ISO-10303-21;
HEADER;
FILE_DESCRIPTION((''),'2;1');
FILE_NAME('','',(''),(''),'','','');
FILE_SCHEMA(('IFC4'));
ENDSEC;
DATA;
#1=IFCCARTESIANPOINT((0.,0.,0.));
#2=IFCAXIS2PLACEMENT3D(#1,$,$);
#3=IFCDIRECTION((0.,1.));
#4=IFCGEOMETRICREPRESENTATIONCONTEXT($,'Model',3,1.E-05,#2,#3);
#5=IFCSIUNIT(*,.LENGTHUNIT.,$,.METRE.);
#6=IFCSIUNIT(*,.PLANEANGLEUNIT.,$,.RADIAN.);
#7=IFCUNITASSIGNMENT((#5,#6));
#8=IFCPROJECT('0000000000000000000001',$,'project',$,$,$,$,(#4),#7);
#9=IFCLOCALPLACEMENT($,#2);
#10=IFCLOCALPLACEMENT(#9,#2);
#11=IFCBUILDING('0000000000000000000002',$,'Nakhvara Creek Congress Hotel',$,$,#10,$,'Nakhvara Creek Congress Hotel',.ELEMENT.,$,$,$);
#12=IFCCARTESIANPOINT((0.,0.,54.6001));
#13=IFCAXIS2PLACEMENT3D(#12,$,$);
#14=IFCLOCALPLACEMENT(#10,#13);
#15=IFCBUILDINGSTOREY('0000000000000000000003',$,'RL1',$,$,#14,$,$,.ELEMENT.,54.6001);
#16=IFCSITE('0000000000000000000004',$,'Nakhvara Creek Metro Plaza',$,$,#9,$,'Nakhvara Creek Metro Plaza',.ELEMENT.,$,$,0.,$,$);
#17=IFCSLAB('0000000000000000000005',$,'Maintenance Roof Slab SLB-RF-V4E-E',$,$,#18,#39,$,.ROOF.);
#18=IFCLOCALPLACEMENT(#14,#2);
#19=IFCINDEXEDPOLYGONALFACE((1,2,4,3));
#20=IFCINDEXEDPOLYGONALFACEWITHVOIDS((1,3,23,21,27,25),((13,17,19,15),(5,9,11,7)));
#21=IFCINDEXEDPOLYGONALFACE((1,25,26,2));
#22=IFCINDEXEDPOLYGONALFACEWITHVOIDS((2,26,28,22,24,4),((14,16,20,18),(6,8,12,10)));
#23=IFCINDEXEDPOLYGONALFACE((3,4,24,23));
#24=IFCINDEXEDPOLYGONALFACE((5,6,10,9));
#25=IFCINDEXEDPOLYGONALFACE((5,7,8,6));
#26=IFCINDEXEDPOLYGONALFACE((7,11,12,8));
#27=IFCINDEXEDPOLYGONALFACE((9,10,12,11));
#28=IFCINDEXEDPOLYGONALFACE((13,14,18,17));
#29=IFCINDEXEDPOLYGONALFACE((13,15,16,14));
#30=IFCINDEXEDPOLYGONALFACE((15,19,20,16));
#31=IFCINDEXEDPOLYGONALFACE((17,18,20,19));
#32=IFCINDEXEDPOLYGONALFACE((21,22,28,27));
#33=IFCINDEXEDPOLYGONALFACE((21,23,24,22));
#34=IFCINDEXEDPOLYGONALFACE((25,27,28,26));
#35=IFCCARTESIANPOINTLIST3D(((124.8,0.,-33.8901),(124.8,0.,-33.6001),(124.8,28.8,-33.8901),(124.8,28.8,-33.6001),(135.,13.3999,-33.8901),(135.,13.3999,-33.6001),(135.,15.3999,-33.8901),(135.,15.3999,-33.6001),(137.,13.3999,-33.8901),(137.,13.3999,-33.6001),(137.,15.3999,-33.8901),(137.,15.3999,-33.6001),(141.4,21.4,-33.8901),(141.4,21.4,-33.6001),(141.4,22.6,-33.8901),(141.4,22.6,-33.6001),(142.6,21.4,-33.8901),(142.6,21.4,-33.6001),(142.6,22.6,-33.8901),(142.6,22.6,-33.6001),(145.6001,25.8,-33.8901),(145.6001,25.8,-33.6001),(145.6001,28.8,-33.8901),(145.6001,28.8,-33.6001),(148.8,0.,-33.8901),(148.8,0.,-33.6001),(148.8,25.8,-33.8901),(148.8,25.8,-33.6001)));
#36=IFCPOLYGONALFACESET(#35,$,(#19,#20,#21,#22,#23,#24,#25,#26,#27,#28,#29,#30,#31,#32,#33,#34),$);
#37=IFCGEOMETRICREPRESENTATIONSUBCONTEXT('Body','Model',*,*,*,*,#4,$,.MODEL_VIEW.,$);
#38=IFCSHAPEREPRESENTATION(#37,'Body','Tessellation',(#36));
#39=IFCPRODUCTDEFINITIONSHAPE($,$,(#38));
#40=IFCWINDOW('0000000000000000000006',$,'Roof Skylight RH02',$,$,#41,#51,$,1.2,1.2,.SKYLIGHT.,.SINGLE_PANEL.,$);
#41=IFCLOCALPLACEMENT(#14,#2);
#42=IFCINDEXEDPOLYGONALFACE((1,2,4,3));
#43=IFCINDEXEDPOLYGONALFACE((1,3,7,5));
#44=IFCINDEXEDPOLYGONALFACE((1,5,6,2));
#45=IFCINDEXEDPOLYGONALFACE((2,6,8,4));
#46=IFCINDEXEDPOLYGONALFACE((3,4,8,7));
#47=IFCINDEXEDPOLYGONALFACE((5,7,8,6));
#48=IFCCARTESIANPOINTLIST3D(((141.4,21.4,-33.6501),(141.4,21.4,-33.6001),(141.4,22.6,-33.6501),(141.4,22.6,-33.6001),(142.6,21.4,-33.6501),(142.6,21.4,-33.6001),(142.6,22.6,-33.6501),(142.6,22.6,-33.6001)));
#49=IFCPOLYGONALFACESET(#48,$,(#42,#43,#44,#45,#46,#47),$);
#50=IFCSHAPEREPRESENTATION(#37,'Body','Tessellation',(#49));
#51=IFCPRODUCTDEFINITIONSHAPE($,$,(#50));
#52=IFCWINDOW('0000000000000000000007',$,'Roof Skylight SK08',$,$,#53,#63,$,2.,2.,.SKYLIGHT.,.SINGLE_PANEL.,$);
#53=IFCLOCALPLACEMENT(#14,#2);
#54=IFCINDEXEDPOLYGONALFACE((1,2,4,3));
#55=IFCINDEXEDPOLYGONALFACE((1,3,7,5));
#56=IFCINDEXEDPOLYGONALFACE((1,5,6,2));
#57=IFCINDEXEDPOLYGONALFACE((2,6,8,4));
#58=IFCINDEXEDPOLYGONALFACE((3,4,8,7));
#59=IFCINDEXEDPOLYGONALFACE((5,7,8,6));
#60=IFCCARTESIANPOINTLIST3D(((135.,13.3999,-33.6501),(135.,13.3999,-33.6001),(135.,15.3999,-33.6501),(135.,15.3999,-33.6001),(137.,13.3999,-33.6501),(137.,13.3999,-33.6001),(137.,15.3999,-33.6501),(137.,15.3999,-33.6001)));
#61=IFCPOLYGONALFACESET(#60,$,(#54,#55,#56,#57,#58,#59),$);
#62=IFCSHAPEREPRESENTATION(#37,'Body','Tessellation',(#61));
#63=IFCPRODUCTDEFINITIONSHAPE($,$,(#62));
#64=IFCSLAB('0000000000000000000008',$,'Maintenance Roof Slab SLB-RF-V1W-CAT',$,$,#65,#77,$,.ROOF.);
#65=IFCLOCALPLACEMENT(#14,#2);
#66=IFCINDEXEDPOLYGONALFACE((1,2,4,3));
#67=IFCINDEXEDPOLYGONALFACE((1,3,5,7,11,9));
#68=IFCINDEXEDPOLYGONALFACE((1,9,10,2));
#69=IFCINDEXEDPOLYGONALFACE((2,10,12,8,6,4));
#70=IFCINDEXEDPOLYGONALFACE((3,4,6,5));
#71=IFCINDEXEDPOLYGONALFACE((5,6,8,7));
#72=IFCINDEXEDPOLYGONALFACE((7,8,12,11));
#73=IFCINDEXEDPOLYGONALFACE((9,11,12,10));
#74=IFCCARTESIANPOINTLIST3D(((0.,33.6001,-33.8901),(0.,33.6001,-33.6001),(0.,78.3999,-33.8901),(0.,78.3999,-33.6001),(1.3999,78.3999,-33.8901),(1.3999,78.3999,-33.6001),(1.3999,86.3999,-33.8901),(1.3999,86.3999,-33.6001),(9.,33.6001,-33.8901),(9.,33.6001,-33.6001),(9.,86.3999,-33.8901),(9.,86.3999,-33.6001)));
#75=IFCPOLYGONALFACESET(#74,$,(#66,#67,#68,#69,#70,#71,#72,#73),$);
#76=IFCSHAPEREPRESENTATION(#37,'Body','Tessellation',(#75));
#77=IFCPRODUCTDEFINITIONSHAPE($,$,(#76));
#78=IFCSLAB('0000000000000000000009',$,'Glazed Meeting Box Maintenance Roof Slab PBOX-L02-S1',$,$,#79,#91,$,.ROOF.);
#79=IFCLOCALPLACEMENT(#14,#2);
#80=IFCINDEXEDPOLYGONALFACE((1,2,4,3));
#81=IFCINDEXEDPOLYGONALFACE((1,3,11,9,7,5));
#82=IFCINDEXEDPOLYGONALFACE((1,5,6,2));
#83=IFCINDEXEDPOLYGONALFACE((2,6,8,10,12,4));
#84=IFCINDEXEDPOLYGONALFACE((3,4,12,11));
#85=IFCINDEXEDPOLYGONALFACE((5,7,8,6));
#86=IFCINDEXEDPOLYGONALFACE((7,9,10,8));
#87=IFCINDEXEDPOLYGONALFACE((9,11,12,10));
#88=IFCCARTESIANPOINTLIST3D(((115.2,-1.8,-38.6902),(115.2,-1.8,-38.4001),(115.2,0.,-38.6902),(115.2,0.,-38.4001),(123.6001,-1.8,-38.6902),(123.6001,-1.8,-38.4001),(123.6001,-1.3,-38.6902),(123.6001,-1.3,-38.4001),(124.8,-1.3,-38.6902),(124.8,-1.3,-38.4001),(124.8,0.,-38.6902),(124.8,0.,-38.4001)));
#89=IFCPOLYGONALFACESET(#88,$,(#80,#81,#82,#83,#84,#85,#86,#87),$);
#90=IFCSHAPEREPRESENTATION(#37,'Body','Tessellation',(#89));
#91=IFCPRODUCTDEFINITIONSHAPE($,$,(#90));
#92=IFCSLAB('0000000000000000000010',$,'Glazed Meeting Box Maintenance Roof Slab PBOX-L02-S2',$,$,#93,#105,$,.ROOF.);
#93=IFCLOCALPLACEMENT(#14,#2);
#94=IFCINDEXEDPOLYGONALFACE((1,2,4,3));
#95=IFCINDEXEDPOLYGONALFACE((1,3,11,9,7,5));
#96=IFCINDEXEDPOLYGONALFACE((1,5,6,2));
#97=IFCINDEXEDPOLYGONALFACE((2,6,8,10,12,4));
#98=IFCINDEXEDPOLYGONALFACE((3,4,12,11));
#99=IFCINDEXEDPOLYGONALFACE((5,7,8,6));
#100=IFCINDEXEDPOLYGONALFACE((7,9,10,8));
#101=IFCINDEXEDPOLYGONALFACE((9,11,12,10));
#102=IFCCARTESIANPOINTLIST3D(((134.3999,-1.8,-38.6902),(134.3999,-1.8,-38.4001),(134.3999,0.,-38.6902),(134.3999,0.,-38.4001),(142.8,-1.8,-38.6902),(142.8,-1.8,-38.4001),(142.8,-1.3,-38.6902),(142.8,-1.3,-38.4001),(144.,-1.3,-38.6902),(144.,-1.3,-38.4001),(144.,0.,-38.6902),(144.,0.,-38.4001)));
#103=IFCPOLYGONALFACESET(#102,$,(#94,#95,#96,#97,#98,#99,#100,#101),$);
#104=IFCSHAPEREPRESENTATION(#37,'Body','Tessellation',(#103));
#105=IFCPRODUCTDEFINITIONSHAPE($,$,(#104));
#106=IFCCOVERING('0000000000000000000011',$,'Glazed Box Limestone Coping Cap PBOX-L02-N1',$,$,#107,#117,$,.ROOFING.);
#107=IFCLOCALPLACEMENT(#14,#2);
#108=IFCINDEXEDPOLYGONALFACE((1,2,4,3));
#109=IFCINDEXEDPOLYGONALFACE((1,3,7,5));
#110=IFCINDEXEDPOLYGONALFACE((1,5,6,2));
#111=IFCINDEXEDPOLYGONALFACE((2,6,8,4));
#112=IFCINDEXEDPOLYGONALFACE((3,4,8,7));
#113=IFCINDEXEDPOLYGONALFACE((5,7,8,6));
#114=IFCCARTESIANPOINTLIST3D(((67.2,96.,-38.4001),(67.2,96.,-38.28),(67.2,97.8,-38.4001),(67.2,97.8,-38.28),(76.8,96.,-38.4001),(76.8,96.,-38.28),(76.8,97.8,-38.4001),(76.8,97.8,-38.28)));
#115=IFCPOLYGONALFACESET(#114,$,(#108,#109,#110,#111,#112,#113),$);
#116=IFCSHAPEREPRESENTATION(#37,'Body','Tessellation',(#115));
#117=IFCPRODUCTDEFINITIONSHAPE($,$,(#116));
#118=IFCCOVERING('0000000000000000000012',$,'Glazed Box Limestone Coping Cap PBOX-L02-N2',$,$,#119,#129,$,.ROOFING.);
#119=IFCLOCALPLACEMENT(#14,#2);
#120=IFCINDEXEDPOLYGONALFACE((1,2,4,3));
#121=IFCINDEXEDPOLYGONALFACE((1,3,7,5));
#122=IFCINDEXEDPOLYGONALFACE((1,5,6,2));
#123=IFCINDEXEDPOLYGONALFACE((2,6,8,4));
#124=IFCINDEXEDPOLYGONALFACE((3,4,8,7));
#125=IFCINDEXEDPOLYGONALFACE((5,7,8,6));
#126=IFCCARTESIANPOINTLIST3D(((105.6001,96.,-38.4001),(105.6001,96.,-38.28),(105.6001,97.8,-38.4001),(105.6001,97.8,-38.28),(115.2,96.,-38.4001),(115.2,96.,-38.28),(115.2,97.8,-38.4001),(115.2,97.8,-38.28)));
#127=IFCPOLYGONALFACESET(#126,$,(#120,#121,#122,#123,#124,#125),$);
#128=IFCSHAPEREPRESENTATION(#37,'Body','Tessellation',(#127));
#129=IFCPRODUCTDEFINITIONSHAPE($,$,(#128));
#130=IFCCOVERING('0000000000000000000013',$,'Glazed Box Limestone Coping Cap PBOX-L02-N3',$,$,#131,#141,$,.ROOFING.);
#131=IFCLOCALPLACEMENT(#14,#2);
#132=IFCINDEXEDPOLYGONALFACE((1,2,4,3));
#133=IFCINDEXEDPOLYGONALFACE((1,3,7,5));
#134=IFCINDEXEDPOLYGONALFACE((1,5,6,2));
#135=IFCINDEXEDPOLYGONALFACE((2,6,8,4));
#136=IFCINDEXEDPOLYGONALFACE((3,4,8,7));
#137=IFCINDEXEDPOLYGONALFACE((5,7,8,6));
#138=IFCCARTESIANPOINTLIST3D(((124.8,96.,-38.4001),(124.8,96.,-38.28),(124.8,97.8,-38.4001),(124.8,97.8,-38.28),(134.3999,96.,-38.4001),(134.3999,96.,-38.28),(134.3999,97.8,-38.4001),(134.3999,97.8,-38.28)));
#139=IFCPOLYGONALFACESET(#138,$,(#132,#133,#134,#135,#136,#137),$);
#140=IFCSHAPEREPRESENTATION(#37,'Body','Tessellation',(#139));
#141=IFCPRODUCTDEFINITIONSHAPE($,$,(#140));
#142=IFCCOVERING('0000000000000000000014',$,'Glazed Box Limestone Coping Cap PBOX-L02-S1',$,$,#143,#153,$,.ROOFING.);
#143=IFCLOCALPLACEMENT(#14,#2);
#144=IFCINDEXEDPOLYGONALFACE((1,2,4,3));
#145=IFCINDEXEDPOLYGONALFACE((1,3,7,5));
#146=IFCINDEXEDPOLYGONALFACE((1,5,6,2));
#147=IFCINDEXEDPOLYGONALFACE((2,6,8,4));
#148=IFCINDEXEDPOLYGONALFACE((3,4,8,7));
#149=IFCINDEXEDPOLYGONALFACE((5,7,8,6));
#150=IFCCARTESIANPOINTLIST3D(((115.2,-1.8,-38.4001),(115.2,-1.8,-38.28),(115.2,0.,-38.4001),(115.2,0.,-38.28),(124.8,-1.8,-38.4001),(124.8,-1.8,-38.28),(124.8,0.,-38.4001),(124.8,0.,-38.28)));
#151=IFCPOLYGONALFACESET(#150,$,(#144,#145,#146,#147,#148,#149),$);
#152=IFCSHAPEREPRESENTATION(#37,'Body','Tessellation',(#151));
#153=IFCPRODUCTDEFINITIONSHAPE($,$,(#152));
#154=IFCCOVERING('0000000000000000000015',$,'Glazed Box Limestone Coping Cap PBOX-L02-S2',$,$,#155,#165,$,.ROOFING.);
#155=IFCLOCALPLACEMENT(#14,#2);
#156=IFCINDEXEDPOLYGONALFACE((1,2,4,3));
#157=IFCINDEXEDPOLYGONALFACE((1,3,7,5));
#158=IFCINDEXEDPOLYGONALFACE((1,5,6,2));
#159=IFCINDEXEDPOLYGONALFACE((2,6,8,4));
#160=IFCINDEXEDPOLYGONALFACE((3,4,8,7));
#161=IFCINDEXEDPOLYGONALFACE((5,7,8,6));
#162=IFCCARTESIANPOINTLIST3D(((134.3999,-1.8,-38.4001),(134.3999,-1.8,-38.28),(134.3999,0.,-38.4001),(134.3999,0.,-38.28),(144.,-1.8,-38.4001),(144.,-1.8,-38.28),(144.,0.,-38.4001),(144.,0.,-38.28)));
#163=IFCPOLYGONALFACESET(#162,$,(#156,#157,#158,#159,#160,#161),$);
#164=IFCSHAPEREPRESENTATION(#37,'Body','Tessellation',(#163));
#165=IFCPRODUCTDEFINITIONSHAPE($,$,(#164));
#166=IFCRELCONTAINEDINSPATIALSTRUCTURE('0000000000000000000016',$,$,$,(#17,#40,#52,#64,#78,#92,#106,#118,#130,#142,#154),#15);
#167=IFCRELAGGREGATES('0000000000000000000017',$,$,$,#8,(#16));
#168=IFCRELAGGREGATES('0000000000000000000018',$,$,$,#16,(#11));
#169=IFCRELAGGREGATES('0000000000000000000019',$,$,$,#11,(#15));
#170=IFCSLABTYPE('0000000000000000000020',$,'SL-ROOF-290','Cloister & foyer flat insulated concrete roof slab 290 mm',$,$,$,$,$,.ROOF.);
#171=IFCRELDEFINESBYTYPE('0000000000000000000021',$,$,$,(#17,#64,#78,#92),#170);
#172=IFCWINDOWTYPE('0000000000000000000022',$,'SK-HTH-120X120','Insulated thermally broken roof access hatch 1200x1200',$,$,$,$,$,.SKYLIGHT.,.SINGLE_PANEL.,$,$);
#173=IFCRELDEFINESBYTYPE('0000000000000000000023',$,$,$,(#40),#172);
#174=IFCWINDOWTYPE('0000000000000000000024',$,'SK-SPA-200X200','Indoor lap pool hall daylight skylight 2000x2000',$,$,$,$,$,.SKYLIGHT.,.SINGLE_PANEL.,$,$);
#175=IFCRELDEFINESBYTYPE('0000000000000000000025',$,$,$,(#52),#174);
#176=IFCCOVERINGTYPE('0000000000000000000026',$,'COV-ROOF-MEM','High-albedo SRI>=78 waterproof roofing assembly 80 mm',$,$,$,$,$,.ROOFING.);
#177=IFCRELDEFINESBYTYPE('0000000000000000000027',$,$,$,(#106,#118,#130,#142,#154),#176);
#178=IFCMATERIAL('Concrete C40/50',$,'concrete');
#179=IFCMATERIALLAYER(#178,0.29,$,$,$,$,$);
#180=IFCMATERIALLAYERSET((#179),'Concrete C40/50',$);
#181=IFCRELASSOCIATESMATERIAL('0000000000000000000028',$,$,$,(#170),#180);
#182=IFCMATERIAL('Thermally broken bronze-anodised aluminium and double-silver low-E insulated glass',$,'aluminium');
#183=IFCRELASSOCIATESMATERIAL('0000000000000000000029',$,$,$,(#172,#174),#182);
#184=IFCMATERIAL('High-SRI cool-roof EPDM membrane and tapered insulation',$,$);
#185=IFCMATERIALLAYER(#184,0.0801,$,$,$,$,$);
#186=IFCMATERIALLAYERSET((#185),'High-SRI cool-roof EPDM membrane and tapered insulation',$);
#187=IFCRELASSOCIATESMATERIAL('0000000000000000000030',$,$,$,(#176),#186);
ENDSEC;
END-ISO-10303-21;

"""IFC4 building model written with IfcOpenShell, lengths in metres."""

from ifc_helpers import new_model, si_unit, direction, frame, origin, origin_2d, place, context, subcontext, project, spatial, polyline, rectangle, outline, extrude, material, layer, layer_set, type_object, element, fill, save


model = new_model("IFC4")

# Units and contexts
model_context = context("Model", 3, precision=1e-05, world=origin(), true_north=direction((0.0, 1.0)))
body_context = subcontext(model_context, "Body", "Model", "MODEL_VIEW")
ifc_project = project(units=[si_unit("LENGTHUNIT", "METRE"), si_unit("PLANEANGLEUNIT", "RADIAN")], contexts=[model_context])

# Site, building, storey
site_placement = place(None, origin())
site = spatial("IfcSite", under=ifc_project, at=site_placement, Name="Nakhvara Creek Metro Plaza", LongName="Nakhvara Creek Metro Plaza", CompositionType="ELEMENT", RefElevation=0.0)
building_placement = place(site_placement, origin())
building = spatial("IfcBuilding", under=site, at=building_placement, Name="Nakhvara Creek Congress Hotel", LongName="Nakhvara Creek Congress Hotel", CompositionType="ELEMENT")
storey_placement = place(building_placement, frame((0.0, 0.0, 54.6001)))
storey = spatial("IfcBuildingStorey", under=building, at=storey_placement, Name="RL1", CompositionType="ELEMENT", Elevation=54.6001)

# Shared definitions
ifc_material_1 = material(Name="Concrete C40/50", Category="concrete")
ifc_layer_1 = layer(ifc_material_1, 0.29)
ifc_layer_set_1 = layer_set([ifc_layer_1], Name="Concrete C40/50")
slab_type = type_object("IfcSlabType", Name="SL-ROOF-290", Description="Cloister & foyer flat insulated concrete roof slab 290 mm", PredefinedType="ROOF", material=ifc_layer_set_1)
ifc_material_2 = material(Name="Thermally broken bronze-anodised aluminium and double-silver low-E insulated glass", Category="aluminium")
window_type_1 = type_object("IfcWindowType", Name="SK-HTH-120X120", Description="Insulated thermally broken roof access hatch 1200x1200", PartitioningType="SINGLE_PANEL", PredefinedType="SKYLIGHT", material=ifc_material_2)

# Shared definitions
window_type_2 = type_object("IfcWindowType", Name="SK-SPA-200X200", Description="Indoor lap pool hall daylight skylight 2000x2000", PartitioningType="SINGLE_PANEL", PredefinedType="SKYLIGHT", material=ifc_material_2)

# Slab, openings, windows
slab_1_placement = place(storey_placement, frame((0.0, 0.0, -33.8901)))
slab_1 = element("IfcSlab", 1, at=slab_1_placement, inside=storey, type_object=slab_type, Name="Maintenance Roof Slab SLB-RF-V4E-E", PredefinedType="ROOF", context=body_context, shape_type="SweptSolid", body=[
    extrude(outline(polyline([(124.8, 0.0), (148.8, 0.0), (148.8, 25.8), (145.6001, 25.8), (145.6001, 28.8), (124.8, 28.8), (124.8, 0.0)])), origin(), (0.0, 0.0, 1.0), 0.29),
])
opening_1_placement = place(slab_1_placement, frame((136.0, 14.3999, 0.0), z_axis=(0.0, 0.0, 1.0), x_axis=(1.0, 0.0, 0.0)))
opening_1 = element("IfcOpeningElement", 2, at=opening_1_placement, cuts=slab_1, PredefinedType="OPENING", context=body_context, shape_type="SweptSolid", body=[
    extrude(rectangle(XDim=2.0, YDim=2.0, at=origin_2d()), frame((0.0, 0.0, -0.012)), (0.0, 0.0, 1.0), 0.314),
])
opening_2_placement = place(slab_1_placement, frame((142.0, 22.0, 0.0), z_axis=(0.0, 0.0, 1.0), x_axis=(1.0, 0.0, 0.0)))
opening_2 = element("IfcOpeningElement", 3, at=opening_2_placement, cuts=slab_1, PredefinedType="OPENING", context=body_context, shape_type="SweptSolid", body=[
    extrude(rectangle(XDim=1.2, YDim=1.2, at=origin_2d()), frame((0.0, 0.0, -0.012)), (0.0, 0.0, 1.0), 0.314),
])
window_1_placement = place(opening_2_placement, frame((0.0, 0.0, 0.24)))
window_1 = element("IfcWindow", 4, at=window_1_placement, inside=storey, type_object=window_type_1, Name="Roof Skylight RH02", OverallHeight=1.2, OverallWidth=1.2, PartitioningType="SINGLE_PANEL", PredefinedType="SKYLIGHT", context=body_context, shape_type="SweptSolid", body=[
    extrude(rectangle(XDim=1.2, YDim=1.2, at=origin_2d()), origin(), (0.0, 0.0, 1.0), 0.05),
])
fill(opening_2, window_1)
window_2_placement = place(opening_1_placement, frame((0.0, 0.0, 0.24)))
window_2 = element("IfcWindow", 5, at=window_2_placement, inside=storey, type_object=window_type_2, Name="Roof Skylight SK08", OverallHeight=2.0, OverallWidth=2.0, PartitioningType="SINGLE_PANEL", PredefinedType="SKYLIGHT", context=body_context, shape_type="SweptSolid", body=[
    extrude(rectangle(XDim=2.0, YDim=2.0, at=origin_2d()), origin(), (0.0, 0.0, 1.0), 0.05),
])
fill(opening_1, window_2)

# Slabs
slab_2_placement = place(storey_placement, frame((0.0, 0.0, -33.8901)))
element("IfcSlab", 6, at=slab_2_placement, inside=storey, type_object=slab_type, Name="Maintenance Roof Slab SLB-RF-V1W-CAT", PredefinedType="ROOF", context=body_context, shape_type="SweptSolid", body=[
    extrude(outline(polyline([(0.0, 33.6001), (9.0, 33.6001), (9.0, 86.3999), (1.3999, 86.3999), (1.3999, 78.3999), (0.0, 78.3999), (0.0, 33.6001)])), origin(), (0.0, 0.0, 1.0), 0.29),
])
slab_3_placement = place(storey_placement, frame((0.0, 0.0, -38.6902)))
element("IfcSlab", 7, at=slab_3_placement, inside=storey, type_object=slab_type, Name="Glazed Meeting Box Maintenance Roof Slab PBOX-L02-S1", PredefinedType="ROOF", context=body_context, shape_type="SweptSolid", body=[
    extrude(outline(polyline([(115.2, -1.8), (123.6001, -1.8), (123.6001, -1.3), (124.8, -1.3), (124.8, 0.0), (115.2, 0.0), (115.2, -1.8)])), origin(), (0.0, 0.0, 1.0), 0.29),
])
slab_4_placement = place(storey_placement, frame((0.0, 0.0, -38.6902)))
element("IfcSlab", 8, at=slab_4_placement, inside=storey, type_object=slab_type, Name="Glazed Meeting Box Maintenance Roof Slab PBOX-L02-S2", PredefinedType="ROOF", context=body_context, shape_type="SweptSolid", body=[
    extrude(outline(polyline([(134.3999, -1.8), (142.8, -1.8), (142.8, -1.3), (144.0, -1.3), (144.0, 0.0), (134.3999, 0.0), (134.3999, -1.8)])), origin(), (0.0, 0.0, 1.0), 0.29),
])

# Coverings
ifc_material_3 = material(Name="High-SRI cool-roof EPDM membrane and tapered insulation")
ifc_layer_2 = layer(ifc_material_3, 0.0801)
ifc_layer_set_2 = layer_set([ifc_layer_2], Name="High-SRI cool-roof EPDM membrane and tapered insulation")
covering_type = type_object("IfcCoveringType", Name="COV-ROOF-MEM", Description="High-albedo SRI>=78 waterproof roofing assembly 80 mm", PredefinedType="ROOFING", material=ifc_layer_set_2)
covering_1_placement = place(storey_placement, frame((0.0, 0.0, -38.4001)))
element("IfcCovering", 9, at=covering_1_placement, inside=storey, type_object=covering_type, Name="Glazed Box Limestone Coping Cap PBOX-L02-N1", PredefinedType="ROOFING", context=body_context, shape_type="SweptSolid", body=[
    extrude(outline(polyline([(67.2, 96.0), (76.8, 96.0), (76.8, 97.8), (67.2, 97.8), (67.2, 96.0)])), origin(), (0.0, 0.0, 1.0), 0.1201),
])
covering_2_placement = place(storey_placement, frame((0.0, 0.0, -38.4001)))
element("IfcCovering", 10, at=covering_2_placement, inside=storey, type_object=covering_type, Name="Glazed Box Limestone Coping Cap PBOX-L02-N2", PredefinedType="ROOFING", context=body_context, shape_type="SweptSolid", body=[
    extrude(outline(polyline([(105.6001, 96.0), (115.2, 96.0), (115.2, 97.8), (105.6001, 97.8), (105.6001, 96.0)])), origin(), (0.0, 0.0, 1.0), 0.1201),
])
covering_3_placement = place(storey_placement, frame((0.0, 0.0, -38.4001)))
element("IfcCovering", 11, at=covering_3_placement, inside=storey, type_object=covering_type, Name="Glazed Box Limestone Coping Cap PBOX-L02-N3", PredefinedType="ROOFING", context=body_context, shape_type="SweptSolid", body=[
    extrude(outline(polyline([(124.8, 96.0), (134.3999, 96.0), (134.3999, 97.8), (124.8, 97.8), (124.8, 96.0)])), origin(), (0.0, 0.0, 1.0), 0.1201),
])
covering_4_placement = place(storey_placement, frame((0.0, 0.0, -38.4001)))
element("IfcCovering", 12, at=covering_4_placement, inside=storey, type_object=covering_type, Name="Glazed Box Limestone Coping Cap PBOX-L02-S1", PredefinedType="ROOFING", context=body_context, shape_type="SweptSolid", body=[
    extrude(outline(polyline([(115.2, -1.8), (124.8, -1.8), (124.8, 0.0), (115.2, 0.0), (115.2, -1.8)])), origin(), (0.0, 0.0, 1.0), 0.1201),
])
covering_5_placement = place(storey_placement, frame((0.0, 0.0, -38.4001)))
element("IfcCovering", 13, at=covering_5_placement, inside=storey, type_object=covering_type, Name="Glazed Box Limestone Coping Cap PBOX-L02-S2", PredefinedType="ROOFING", context=body_context, shape_type="SweptSolid", body=[
    extrude(outline(polyline([(134.3999, -1.8), (144.0, -1.8), (144.0, 0.0), (134.3999, 0.0), (134.3999, -1.8)])), origin(), (0.0, 0.0, 1.0), 0.1201),
])

save(model, "model.ifc")
